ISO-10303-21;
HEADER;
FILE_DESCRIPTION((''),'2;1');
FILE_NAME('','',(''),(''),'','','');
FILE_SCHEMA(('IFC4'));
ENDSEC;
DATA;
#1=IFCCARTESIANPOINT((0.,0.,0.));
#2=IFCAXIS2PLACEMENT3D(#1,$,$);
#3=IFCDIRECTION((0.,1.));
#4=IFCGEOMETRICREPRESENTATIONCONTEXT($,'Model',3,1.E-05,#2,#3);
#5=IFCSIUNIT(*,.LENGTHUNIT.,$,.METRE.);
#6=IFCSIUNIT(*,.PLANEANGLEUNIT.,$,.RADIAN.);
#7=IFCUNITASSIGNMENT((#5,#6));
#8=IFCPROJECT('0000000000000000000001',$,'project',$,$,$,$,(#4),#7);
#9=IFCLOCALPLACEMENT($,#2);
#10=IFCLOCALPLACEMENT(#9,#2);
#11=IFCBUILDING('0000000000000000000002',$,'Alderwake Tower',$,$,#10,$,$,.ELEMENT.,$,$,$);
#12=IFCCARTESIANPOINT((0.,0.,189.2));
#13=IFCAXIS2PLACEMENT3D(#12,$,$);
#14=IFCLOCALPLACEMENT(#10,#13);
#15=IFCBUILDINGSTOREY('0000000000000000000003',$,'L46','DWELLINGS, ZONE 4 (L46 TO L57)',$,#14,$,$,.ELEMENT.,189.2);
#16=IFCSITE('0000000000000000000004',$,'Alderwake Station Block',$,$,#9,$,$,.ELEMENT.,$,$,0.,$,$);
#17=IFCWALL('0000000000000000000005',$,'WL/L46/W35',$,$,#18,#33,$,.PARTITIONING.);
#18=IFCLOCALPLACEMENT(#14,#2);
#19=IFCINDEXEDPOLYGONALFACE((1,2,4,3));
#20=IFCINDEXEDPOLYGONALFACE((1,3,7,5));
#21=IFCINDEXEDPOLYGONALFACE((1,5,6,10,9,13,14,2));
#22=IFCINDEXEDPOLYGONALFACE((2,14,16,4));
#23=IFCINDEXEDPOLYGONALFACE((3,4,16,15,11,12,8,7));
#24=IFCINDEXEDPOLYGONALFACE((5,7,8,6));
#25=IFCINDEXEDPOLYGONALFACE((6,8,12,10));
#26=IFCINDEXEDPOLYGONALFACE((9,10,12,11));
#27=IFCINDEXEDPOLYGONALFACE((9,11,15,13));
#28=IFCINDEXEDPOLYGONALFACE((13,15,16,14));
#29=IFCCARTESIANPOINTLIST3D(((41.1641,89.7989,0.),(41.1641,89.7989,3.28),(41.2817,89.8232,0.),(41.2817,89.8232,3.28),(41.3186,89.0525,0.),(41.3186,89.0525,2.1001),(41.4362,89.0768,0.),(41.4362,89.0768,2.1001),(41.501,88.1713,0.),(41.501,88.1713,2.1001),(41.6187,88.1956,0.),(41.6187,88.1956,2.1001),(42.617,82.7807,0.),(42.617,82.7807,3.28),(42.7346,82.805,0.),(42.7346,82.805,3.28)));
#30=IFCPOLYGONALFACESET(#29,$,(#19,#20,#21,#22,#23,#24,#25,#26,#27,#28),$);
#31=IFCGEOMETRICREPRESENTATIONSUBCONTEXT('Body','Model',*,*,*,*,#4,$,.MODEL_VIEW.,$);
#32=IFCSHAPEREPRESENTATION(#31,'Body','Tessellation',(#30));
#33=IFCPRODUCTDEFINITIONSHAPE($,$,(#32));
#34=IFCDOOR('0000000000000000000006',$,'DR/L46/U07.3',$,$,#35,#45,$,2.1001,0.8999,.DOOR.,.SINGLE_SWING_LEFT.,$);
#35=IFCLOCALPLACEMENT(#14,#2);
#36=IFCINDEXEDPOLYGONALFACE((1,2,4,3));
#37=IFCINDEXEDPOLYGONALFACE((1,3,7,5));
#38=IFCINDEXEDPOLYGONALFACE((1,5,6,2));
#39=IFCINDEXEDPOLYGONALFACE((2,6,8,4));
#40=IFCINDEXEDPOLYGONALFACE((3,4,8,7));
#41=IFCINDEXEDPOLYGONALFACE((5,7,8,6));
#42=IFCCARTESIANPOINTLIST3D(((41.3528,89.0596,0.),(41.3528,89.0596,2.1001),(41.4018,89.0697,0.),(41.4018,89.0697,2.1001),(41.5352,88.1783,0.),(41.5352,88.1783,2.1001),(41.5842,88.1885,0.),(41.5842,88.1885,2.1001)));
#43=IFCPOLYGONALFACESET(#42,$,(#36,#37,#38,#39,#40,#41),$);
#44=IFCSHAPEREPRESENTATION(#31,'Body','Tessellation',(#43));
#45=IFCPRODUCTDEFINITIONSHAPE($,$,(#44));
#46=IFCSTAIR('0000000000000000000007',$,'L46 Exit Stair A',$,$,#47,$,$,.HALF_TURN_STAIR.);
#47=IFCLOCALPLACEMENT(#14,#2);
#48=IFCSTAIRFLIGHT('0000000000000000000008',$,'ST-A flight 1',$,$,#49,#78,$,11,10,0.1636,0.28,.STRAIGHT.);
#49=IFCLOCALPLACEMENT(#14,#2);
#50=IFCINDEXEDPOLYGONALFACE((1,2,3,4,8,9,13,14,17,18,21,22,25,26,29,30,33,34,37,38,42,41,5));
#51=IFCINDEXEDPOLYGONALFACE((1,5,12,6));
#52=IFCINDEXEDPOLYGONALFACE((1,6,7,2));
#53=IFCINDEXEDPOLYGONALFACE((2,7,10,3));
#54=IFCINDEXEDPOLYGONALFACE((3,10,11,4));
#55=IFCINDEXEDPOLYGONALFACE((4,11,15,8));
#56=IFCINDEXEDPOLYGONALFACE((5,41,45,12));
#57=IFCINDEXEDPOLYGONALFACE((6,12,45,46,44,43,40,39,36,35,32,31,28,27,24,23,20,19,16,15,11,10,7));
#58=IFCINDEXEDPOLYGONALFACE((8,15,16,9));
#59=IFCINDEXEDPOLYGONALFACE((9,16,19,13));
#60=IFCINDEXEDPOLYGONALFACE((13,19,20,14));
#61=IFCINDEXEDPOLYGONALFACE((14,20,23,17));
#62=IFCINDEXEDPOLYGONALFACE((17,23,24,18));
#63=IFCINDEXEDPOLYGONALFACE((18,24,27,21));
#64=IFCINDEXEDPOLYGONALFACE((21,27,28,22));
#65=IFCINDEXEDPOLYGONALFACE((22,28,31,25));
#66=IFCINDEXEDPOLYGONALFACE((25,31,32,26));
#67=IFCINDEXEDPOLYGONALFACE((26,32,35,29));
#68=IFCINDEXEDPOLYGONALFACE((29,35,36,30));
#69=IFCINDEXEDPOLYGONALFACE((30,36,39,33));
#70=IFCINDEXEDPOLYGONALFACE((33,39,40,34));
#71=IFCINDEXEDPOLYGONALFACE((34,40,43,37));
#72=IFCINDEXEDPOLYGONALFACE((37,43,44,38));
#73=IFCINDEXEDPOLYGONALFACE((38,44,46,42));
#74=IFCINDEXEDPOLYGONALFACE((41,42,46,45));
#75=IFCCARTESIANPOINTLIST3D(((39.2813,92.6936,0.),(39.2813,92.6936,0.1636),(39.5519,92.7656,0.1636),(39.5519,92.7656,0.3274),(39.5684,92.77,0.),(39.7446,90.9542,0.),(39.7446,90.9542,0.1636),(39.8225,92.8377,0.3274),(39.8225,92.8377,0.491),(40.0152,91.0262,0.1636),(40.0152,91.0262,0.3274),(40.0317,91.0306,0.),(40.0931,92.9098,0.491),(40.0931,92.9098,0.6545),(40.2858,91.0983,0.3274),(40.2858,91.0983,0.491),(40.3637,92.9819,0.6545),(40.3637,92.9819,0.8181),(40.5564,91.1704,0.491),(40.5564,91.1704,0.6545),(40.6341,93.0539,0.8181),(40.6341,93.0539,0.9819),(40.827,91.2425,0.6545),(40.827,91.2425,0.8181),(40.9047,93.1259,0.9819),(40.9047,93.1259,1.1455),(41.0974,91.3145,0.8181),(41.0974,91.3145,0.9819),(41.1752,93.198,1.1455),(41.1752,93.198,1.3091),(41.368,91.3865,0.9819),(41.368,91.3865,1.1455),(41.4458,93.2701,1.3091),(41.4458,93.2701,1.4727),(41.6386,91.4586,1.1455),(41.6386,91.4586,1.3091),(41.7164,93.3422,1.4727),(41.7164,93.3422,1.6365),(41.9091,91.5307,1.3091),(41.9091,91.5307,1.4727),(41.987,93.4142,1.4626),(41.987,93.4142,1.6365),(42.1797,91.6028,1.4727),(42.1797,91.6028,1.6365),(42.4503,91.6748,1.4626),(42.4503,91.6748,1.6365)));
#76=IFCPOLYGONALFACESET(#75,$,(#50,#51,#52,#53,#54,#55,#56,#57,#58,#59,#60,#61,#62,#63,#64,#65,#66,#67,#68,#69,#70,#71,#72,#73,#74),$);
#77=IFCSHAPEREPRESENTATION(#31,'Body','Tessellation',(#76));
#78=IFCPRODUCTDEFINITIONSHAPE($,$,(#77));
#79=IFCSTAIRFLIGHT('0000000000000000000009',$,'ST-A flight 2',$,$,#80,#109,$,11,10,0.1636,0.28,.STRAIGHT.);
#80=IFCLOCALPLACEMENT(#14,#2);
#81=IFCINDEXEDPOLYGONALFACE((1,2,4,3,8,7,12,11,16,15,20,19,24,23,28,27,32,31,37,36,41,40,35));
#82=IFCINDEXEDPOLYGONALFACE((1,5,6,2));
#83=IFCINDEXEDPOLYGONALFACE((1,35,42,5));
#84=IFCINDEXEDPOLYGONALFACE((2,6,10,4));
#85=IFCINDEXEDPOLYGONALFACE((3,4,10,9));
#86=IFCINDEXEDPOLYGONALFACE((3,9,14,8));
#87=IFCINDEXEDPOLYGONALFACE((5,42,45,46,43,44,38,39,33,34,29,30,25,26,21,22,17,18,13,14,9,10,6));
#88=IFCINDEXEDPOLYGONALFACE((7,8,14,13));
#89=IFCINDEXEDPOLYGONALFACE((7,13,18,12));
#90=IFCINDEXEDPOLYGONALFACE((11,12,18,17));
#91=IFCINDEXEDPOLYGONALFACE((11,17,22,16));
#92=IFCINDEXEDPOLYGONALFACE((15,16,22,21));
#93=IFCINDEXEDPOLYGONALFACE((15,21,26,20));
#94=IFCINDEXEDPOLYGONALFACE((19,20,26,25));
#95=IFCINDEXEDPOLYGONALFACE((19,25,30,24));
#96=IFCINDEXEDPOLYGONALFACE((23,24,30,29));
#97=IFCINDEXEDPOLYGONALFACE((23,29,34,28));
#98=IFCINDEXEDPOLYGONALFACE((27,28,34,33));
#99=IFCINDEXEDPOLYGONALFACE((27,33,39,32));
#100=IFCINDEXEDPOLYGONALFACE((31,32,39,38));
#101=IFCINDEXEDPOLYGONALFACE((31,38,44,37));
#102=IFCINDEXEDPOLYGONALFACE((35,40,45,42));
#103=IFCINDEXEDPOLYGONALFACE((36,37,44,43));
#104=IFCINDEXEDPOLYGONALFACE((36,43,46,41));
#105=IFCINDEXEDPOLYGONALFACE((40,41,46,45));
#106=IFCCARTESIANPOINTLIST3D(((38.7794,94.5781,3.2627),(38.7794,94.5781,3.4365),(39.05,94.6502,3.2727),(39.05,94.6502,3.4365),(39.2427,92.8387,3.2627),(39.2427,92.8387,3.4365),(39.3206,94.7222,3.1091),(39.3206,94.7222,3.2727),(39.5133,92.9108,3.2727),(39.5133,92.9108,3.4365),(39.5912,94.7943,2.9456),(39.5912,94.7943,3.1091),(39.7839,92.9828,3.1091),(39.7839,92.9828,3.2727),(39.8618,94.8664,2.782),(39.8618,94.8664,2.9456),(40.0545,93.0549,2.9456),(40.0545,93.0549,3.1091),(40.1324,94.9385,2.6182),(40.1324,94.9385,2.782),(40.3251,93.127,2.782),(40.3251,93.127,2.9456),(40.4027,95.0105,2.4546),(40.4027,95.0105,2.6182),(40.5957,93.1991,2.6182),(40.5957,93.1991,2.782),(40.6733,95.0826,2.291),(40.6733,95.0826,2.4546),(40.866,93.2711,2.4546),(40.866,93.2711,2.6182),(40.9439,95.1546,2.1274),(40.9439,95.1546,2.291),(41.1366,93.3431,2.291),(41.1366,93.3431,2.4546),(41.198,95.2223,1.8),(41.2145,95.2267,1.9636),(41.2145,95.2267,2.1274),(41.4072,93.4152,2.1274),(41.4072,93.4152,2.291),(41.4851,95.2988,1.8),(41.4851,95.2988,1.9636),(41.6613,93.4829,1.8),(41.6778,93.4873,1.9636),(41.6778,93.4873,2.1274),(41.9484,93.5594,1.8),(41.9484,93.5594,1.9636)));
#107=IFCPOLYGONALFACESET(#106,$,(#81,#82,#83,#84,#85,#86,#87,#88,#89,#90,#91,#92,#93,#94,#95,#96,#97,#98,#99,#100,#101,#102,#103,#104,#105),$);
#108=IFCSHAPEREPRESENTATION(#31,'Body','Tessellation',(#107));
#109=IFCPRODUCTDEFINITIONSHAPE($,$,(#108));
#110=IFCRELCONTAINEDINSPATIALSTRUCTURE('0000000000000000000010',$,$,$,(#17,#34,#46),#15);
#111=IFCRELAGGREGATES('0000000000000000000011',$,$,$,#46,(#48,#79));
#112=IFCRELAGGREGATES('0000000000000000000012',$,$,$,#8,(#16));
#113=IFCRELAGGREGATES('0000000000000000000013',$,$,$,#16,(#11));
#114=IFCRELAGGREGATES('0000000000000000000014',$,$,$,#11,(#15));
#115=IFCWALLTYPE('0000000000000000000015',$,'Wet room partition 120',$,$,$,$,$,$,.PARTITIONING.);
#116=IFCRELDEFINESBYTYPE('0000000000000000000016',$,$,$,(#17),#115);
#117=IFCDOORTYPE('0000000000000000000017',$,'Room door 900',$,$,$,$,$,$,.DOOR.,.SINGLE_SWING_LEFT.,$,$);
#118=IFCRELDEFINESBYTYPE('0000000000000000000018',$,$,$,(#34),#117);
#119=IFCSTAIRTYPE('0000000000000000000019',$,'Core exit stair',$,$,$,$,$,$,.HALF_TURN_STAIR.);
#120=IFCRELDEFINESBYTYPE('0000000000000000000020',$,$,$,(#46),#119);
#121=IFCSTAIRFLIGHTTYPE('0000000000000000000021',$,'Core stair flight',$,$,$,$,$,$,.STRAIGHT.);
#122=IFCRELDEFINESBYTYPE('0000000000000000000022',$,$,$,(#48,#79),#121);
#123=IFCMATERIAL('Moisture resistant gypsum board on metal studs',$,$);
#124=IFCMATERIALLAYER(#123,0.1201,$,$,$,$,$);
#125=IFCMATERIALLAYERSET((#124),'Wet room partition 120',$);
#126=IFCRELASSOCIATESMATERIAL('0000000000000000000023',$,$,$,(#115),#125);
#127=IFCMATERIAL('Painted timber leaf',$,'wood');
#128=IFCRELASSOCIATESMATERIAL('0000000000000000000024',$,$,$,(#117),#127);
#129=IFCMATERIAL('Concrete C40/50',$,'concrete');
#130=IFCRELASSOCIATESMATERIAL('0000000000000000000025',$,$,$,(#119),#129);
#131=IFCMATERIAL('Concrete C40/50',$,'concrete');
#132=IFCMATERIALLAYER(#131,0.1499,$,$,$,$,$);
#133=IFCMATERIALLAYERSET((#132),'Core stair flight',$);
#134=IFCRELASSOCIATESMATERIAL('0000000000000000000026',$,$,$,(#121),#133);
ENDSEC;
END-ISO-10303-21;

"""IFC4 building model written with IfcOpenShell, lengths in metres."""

from ifc_helpers import new_model, si_unit, direction, frame, frame_2d, origin, place, context, subcontext, project, spatial, polyline, rectangle, outline, extrude, material, layer, layer_set, type_object, element, fill, aggregate, save


model = new_model("IFC4")

# Units and contexts
model_context = context("Model", 3, precision=1e-05, world=origin(), true_north=direction((0.0, 1.0)))
body_context = subcontext(model_context, "Body", "Model", "MODEL_VIEW")
ifc_project = project(units=[si_unit("LENGTHUNIT", "METRE"), si_unit("PLANEANGLEUNIT", "RADIAN")], contexts=[model_context])

# Site, building, storey
site_placement = place(None, origin())
site = spatial("IfcSite", under=ifc_project, at=site_placement, Name="Alderwake Station Block", CompositionType="ELEMENT", RefElevation=0.0)
building_placement = place(site_placement, origin())
building = spatial("IfcBuilding", under=site, at=building_placement, Name="Alderwake Tower", CompositionType="ELEMENT")
storey_placement = place(building_placement, frame((0.0, 0.0, 189.2)))
storey = spatial("IfcBuildingStorey", under=building, at=storey_placement, Name="L46", Description="DWELLINGS, ZONE 4 (L46 TO L57)", CompositionType="ELEMENT", Elevation=189.2)

# Wall, opening, door
ifc_material_1 = material(Name="Moisture resistant gypsum board on metal studs")
ifc_layer_1 = layer(ifc_material_1, 0.1201)
ifc_layer_set_1 = layer_set([ifc_layer_1], Name="Wet room partition 120")
wall_type_1 = type_object("IfcWallType", Name="Wet room partition 120", PredefinedType="PARTITIONING", material=ifc_layer_set_1)
wall_1_placement = place(storey_placement, frame((41.2229, 89.811, 0.0), z_axis=(0.0, 0.0, 1.0), x_axis=(0.202722, -0.979236, 0.0)))
wall_1 = element("IfcWall", 1, at=wall_1_placement, inside=storey, type_object=wall_type_1, Name="WL/L46/W35", PredefinedType="PARTITIONING", context=body_context, shape_type="SweptSolid", body=[
    extrude(rectangle(XDim=7.167, YDim=0.1201, at=frame_2d((3.5835, 0.0))), origin(), (0.0, 0.0, 1.0), 3.28),
])
opening_1_placement = place(wall_1_placement, frame((0.7622, 0.0, 0.0)))
opening_1 = element("IfcOpeningElement", 2, at=opening_1_placement, cuts=wall_1, PredefinedType="OPENING", context=body_context, shape_type="SweptSolid", body=[
    extrude(rectangle(XDim=0.8999, YDim=2.1001, at=frame_2d((0.45, 1.05))), frame((0.0, 0.0701, 0.0), z_axis=(0.0, -1.0, 0.0), x_axis=(1.0, 0.0, 0.0)), (0.0, 0.0, 1.0), 0.1401),
])
ifc_material_2 = material(Name="Painted timber leaf", Category="wood")
door_type_1 = type_object("IfcDoorType", Name="Room door 900", OperationType="SINGLE_SWING_LEFT", PredefinedType="DOOR", material=ifc_material_2)
door_1_placement = place(opening_1_placement, origin())
door_1 = element("IfcDoor", 3, at=door_1_placement, inside=storey, type_object=door_type_1, Name="DR/L46/U07.3", OperationType="SINGLE_SWING_LEFT", OverallHeight=2.1001, OverallWidth=0.8999, PredefinedType="DOOR", context=body_context, shape_type="SweptSolid", body=[
    extrude(rectangle(XDim=0.8999, YDim=2.1001, at=frame_2d((0.45, 1.05))), frame((0.0, 0.0249, 0.0), z_axis=(0.0, -1.0, 0.0), x_axis=(1.0, 0.0, 0.0)), (0.0, 0.0, 1.0), 0.05),
])
fill(opening_1, door_1)

# Stair, stair flights
ifc_material_3 = material(Name="Concrete C40/50", Category="concrete")
stair_type = type_object("IfcStairType", Name="Core exit stair", PredefinedType="HALF_TURN_STAIR", material=ifc_material_3)
stair_placement = place(storey_placement, origin())
stair = element("IfcStair", 4, at=stair_placement, inside=storey, type_object=stair_type, Name="L46 Exit Stair A", PredefinedType="HALF_TURN_STAIR")
ifc_material_4 = material(Name="Concrete C40/50", Category="concrete")
ifc_layer_2 = layer(ifc_material_4, 0.1499)
ifc_layer_set_2 = layer_set([ifc_layer_2], Name="Core stair flight")
stair_flight_type = type_object("IfcStairFlightType", Name="Core stair flight", PredefinedType="STRAIGHT", material=ifc_layer_set_2)
stair_flight_1_placement = place(storey_placement, frame((39.5129, 91.824, 0.0), z_axis=(0.0, 0.0, 1.0), x_axis=(0.96631, 0.257382, 0.0)))
stair_flight_1 = element("IfcStairFlight", 5, at=stair_flight_1_placement, type_object=stair_flight_type, Name="ST-A flight 1", NumberOfRisers=11, NumberOfTreads=10, PredefinedType="STRAIGHT", RiserHeight=0.1636, TreadLength=0.28, context=body_context, shape_type="SweptSolid", body=[
    extrude(outline(polyline([(0.0, 0.0), (0.0, 0.1636), (0.28, 0.1636), (0.28, 0.3274), (0.5601, 0.3274), (0.5601, 0.491), (0.8401, 0.491), (0.8401, 0.6545), (1.1201, 0.6545), (1.1201, 0.8181), (1.3999, 0.8181), (1.3999, 0.9819), (1.6799, 0.9819), (1.6799, 1.1455), (1.96, 1.1455), (1.96, 1.3091), (2.24, 1.3091), (2.24, 1.4727), (2.52, 1.4727), (2.52, 1.6365), (2.8, 1.6365), (2.8, 1.8), (2.8, 1.4626), (0.2971, 0.0), (0.0, 0.0)])), frame((0.0, 0.8999, 0.0), z_axis=(0.0, -1.0, 0.0), x_axis=(1.0, 0.0, 0.0)), (0.0, 0.0, 1.0), 1.8),
])
stair_flight_2_placement = place(storey_placement, frame((41.7168, 94.429, 1.8), z_axis=(0.0, 0.0, 1.0), x_axis=(-0.96631, -0.257382, 0.0)))
stair_flight_2 = element("IfcStairFlight", 6, at=stair_flight_2_placement, type_object=stair_flight_type, Name="ST-A flight 2", NumberOfRisers=11, NumberOfTreads=10, PredefinedType="STRAIGHT", RiserHeight=0.1636, TreadLength=0.28, context=body_context, shape_type="SweptSolid", body=[
    extrude(outline(polyline([(0.0, 0.0), (0.0, 0.1636), (0.28, 0.1636), (0.28, 0.3274), (0.5601, 0.3274), (0.5601, 0.491), (0.8401, 0.491), (0.8401, 0.6545), (1.1201, 0.6545), (1.1201, 0.8181), (1.3999, 0.8181), (1.3999, 0.9819), (1.6799, 0.9819), (1.6799, 1.1455), (1.96, 1.1455), (1.96, 1.3091), (2.24, 1.3091), (2.24, 1.4727), (2.52, 1.4727), (2.52, 1.6365), (2.8, 1.6365), (2.8, 1.8), (2.8, 1.4626), (0.2971, 0.0), (0.0, 0.0)])), frame((0.0, 0.8999, 0.0), z_axis=(0.0, -1.0, 0.0), x_axis=(1.0, 0.0, 0.0)), (0.0, 0.0, 1.0), 1.8),
])
aggregate(stair, [stair_flight_1, stair_flight_2])

save(model, "model.ifc")
